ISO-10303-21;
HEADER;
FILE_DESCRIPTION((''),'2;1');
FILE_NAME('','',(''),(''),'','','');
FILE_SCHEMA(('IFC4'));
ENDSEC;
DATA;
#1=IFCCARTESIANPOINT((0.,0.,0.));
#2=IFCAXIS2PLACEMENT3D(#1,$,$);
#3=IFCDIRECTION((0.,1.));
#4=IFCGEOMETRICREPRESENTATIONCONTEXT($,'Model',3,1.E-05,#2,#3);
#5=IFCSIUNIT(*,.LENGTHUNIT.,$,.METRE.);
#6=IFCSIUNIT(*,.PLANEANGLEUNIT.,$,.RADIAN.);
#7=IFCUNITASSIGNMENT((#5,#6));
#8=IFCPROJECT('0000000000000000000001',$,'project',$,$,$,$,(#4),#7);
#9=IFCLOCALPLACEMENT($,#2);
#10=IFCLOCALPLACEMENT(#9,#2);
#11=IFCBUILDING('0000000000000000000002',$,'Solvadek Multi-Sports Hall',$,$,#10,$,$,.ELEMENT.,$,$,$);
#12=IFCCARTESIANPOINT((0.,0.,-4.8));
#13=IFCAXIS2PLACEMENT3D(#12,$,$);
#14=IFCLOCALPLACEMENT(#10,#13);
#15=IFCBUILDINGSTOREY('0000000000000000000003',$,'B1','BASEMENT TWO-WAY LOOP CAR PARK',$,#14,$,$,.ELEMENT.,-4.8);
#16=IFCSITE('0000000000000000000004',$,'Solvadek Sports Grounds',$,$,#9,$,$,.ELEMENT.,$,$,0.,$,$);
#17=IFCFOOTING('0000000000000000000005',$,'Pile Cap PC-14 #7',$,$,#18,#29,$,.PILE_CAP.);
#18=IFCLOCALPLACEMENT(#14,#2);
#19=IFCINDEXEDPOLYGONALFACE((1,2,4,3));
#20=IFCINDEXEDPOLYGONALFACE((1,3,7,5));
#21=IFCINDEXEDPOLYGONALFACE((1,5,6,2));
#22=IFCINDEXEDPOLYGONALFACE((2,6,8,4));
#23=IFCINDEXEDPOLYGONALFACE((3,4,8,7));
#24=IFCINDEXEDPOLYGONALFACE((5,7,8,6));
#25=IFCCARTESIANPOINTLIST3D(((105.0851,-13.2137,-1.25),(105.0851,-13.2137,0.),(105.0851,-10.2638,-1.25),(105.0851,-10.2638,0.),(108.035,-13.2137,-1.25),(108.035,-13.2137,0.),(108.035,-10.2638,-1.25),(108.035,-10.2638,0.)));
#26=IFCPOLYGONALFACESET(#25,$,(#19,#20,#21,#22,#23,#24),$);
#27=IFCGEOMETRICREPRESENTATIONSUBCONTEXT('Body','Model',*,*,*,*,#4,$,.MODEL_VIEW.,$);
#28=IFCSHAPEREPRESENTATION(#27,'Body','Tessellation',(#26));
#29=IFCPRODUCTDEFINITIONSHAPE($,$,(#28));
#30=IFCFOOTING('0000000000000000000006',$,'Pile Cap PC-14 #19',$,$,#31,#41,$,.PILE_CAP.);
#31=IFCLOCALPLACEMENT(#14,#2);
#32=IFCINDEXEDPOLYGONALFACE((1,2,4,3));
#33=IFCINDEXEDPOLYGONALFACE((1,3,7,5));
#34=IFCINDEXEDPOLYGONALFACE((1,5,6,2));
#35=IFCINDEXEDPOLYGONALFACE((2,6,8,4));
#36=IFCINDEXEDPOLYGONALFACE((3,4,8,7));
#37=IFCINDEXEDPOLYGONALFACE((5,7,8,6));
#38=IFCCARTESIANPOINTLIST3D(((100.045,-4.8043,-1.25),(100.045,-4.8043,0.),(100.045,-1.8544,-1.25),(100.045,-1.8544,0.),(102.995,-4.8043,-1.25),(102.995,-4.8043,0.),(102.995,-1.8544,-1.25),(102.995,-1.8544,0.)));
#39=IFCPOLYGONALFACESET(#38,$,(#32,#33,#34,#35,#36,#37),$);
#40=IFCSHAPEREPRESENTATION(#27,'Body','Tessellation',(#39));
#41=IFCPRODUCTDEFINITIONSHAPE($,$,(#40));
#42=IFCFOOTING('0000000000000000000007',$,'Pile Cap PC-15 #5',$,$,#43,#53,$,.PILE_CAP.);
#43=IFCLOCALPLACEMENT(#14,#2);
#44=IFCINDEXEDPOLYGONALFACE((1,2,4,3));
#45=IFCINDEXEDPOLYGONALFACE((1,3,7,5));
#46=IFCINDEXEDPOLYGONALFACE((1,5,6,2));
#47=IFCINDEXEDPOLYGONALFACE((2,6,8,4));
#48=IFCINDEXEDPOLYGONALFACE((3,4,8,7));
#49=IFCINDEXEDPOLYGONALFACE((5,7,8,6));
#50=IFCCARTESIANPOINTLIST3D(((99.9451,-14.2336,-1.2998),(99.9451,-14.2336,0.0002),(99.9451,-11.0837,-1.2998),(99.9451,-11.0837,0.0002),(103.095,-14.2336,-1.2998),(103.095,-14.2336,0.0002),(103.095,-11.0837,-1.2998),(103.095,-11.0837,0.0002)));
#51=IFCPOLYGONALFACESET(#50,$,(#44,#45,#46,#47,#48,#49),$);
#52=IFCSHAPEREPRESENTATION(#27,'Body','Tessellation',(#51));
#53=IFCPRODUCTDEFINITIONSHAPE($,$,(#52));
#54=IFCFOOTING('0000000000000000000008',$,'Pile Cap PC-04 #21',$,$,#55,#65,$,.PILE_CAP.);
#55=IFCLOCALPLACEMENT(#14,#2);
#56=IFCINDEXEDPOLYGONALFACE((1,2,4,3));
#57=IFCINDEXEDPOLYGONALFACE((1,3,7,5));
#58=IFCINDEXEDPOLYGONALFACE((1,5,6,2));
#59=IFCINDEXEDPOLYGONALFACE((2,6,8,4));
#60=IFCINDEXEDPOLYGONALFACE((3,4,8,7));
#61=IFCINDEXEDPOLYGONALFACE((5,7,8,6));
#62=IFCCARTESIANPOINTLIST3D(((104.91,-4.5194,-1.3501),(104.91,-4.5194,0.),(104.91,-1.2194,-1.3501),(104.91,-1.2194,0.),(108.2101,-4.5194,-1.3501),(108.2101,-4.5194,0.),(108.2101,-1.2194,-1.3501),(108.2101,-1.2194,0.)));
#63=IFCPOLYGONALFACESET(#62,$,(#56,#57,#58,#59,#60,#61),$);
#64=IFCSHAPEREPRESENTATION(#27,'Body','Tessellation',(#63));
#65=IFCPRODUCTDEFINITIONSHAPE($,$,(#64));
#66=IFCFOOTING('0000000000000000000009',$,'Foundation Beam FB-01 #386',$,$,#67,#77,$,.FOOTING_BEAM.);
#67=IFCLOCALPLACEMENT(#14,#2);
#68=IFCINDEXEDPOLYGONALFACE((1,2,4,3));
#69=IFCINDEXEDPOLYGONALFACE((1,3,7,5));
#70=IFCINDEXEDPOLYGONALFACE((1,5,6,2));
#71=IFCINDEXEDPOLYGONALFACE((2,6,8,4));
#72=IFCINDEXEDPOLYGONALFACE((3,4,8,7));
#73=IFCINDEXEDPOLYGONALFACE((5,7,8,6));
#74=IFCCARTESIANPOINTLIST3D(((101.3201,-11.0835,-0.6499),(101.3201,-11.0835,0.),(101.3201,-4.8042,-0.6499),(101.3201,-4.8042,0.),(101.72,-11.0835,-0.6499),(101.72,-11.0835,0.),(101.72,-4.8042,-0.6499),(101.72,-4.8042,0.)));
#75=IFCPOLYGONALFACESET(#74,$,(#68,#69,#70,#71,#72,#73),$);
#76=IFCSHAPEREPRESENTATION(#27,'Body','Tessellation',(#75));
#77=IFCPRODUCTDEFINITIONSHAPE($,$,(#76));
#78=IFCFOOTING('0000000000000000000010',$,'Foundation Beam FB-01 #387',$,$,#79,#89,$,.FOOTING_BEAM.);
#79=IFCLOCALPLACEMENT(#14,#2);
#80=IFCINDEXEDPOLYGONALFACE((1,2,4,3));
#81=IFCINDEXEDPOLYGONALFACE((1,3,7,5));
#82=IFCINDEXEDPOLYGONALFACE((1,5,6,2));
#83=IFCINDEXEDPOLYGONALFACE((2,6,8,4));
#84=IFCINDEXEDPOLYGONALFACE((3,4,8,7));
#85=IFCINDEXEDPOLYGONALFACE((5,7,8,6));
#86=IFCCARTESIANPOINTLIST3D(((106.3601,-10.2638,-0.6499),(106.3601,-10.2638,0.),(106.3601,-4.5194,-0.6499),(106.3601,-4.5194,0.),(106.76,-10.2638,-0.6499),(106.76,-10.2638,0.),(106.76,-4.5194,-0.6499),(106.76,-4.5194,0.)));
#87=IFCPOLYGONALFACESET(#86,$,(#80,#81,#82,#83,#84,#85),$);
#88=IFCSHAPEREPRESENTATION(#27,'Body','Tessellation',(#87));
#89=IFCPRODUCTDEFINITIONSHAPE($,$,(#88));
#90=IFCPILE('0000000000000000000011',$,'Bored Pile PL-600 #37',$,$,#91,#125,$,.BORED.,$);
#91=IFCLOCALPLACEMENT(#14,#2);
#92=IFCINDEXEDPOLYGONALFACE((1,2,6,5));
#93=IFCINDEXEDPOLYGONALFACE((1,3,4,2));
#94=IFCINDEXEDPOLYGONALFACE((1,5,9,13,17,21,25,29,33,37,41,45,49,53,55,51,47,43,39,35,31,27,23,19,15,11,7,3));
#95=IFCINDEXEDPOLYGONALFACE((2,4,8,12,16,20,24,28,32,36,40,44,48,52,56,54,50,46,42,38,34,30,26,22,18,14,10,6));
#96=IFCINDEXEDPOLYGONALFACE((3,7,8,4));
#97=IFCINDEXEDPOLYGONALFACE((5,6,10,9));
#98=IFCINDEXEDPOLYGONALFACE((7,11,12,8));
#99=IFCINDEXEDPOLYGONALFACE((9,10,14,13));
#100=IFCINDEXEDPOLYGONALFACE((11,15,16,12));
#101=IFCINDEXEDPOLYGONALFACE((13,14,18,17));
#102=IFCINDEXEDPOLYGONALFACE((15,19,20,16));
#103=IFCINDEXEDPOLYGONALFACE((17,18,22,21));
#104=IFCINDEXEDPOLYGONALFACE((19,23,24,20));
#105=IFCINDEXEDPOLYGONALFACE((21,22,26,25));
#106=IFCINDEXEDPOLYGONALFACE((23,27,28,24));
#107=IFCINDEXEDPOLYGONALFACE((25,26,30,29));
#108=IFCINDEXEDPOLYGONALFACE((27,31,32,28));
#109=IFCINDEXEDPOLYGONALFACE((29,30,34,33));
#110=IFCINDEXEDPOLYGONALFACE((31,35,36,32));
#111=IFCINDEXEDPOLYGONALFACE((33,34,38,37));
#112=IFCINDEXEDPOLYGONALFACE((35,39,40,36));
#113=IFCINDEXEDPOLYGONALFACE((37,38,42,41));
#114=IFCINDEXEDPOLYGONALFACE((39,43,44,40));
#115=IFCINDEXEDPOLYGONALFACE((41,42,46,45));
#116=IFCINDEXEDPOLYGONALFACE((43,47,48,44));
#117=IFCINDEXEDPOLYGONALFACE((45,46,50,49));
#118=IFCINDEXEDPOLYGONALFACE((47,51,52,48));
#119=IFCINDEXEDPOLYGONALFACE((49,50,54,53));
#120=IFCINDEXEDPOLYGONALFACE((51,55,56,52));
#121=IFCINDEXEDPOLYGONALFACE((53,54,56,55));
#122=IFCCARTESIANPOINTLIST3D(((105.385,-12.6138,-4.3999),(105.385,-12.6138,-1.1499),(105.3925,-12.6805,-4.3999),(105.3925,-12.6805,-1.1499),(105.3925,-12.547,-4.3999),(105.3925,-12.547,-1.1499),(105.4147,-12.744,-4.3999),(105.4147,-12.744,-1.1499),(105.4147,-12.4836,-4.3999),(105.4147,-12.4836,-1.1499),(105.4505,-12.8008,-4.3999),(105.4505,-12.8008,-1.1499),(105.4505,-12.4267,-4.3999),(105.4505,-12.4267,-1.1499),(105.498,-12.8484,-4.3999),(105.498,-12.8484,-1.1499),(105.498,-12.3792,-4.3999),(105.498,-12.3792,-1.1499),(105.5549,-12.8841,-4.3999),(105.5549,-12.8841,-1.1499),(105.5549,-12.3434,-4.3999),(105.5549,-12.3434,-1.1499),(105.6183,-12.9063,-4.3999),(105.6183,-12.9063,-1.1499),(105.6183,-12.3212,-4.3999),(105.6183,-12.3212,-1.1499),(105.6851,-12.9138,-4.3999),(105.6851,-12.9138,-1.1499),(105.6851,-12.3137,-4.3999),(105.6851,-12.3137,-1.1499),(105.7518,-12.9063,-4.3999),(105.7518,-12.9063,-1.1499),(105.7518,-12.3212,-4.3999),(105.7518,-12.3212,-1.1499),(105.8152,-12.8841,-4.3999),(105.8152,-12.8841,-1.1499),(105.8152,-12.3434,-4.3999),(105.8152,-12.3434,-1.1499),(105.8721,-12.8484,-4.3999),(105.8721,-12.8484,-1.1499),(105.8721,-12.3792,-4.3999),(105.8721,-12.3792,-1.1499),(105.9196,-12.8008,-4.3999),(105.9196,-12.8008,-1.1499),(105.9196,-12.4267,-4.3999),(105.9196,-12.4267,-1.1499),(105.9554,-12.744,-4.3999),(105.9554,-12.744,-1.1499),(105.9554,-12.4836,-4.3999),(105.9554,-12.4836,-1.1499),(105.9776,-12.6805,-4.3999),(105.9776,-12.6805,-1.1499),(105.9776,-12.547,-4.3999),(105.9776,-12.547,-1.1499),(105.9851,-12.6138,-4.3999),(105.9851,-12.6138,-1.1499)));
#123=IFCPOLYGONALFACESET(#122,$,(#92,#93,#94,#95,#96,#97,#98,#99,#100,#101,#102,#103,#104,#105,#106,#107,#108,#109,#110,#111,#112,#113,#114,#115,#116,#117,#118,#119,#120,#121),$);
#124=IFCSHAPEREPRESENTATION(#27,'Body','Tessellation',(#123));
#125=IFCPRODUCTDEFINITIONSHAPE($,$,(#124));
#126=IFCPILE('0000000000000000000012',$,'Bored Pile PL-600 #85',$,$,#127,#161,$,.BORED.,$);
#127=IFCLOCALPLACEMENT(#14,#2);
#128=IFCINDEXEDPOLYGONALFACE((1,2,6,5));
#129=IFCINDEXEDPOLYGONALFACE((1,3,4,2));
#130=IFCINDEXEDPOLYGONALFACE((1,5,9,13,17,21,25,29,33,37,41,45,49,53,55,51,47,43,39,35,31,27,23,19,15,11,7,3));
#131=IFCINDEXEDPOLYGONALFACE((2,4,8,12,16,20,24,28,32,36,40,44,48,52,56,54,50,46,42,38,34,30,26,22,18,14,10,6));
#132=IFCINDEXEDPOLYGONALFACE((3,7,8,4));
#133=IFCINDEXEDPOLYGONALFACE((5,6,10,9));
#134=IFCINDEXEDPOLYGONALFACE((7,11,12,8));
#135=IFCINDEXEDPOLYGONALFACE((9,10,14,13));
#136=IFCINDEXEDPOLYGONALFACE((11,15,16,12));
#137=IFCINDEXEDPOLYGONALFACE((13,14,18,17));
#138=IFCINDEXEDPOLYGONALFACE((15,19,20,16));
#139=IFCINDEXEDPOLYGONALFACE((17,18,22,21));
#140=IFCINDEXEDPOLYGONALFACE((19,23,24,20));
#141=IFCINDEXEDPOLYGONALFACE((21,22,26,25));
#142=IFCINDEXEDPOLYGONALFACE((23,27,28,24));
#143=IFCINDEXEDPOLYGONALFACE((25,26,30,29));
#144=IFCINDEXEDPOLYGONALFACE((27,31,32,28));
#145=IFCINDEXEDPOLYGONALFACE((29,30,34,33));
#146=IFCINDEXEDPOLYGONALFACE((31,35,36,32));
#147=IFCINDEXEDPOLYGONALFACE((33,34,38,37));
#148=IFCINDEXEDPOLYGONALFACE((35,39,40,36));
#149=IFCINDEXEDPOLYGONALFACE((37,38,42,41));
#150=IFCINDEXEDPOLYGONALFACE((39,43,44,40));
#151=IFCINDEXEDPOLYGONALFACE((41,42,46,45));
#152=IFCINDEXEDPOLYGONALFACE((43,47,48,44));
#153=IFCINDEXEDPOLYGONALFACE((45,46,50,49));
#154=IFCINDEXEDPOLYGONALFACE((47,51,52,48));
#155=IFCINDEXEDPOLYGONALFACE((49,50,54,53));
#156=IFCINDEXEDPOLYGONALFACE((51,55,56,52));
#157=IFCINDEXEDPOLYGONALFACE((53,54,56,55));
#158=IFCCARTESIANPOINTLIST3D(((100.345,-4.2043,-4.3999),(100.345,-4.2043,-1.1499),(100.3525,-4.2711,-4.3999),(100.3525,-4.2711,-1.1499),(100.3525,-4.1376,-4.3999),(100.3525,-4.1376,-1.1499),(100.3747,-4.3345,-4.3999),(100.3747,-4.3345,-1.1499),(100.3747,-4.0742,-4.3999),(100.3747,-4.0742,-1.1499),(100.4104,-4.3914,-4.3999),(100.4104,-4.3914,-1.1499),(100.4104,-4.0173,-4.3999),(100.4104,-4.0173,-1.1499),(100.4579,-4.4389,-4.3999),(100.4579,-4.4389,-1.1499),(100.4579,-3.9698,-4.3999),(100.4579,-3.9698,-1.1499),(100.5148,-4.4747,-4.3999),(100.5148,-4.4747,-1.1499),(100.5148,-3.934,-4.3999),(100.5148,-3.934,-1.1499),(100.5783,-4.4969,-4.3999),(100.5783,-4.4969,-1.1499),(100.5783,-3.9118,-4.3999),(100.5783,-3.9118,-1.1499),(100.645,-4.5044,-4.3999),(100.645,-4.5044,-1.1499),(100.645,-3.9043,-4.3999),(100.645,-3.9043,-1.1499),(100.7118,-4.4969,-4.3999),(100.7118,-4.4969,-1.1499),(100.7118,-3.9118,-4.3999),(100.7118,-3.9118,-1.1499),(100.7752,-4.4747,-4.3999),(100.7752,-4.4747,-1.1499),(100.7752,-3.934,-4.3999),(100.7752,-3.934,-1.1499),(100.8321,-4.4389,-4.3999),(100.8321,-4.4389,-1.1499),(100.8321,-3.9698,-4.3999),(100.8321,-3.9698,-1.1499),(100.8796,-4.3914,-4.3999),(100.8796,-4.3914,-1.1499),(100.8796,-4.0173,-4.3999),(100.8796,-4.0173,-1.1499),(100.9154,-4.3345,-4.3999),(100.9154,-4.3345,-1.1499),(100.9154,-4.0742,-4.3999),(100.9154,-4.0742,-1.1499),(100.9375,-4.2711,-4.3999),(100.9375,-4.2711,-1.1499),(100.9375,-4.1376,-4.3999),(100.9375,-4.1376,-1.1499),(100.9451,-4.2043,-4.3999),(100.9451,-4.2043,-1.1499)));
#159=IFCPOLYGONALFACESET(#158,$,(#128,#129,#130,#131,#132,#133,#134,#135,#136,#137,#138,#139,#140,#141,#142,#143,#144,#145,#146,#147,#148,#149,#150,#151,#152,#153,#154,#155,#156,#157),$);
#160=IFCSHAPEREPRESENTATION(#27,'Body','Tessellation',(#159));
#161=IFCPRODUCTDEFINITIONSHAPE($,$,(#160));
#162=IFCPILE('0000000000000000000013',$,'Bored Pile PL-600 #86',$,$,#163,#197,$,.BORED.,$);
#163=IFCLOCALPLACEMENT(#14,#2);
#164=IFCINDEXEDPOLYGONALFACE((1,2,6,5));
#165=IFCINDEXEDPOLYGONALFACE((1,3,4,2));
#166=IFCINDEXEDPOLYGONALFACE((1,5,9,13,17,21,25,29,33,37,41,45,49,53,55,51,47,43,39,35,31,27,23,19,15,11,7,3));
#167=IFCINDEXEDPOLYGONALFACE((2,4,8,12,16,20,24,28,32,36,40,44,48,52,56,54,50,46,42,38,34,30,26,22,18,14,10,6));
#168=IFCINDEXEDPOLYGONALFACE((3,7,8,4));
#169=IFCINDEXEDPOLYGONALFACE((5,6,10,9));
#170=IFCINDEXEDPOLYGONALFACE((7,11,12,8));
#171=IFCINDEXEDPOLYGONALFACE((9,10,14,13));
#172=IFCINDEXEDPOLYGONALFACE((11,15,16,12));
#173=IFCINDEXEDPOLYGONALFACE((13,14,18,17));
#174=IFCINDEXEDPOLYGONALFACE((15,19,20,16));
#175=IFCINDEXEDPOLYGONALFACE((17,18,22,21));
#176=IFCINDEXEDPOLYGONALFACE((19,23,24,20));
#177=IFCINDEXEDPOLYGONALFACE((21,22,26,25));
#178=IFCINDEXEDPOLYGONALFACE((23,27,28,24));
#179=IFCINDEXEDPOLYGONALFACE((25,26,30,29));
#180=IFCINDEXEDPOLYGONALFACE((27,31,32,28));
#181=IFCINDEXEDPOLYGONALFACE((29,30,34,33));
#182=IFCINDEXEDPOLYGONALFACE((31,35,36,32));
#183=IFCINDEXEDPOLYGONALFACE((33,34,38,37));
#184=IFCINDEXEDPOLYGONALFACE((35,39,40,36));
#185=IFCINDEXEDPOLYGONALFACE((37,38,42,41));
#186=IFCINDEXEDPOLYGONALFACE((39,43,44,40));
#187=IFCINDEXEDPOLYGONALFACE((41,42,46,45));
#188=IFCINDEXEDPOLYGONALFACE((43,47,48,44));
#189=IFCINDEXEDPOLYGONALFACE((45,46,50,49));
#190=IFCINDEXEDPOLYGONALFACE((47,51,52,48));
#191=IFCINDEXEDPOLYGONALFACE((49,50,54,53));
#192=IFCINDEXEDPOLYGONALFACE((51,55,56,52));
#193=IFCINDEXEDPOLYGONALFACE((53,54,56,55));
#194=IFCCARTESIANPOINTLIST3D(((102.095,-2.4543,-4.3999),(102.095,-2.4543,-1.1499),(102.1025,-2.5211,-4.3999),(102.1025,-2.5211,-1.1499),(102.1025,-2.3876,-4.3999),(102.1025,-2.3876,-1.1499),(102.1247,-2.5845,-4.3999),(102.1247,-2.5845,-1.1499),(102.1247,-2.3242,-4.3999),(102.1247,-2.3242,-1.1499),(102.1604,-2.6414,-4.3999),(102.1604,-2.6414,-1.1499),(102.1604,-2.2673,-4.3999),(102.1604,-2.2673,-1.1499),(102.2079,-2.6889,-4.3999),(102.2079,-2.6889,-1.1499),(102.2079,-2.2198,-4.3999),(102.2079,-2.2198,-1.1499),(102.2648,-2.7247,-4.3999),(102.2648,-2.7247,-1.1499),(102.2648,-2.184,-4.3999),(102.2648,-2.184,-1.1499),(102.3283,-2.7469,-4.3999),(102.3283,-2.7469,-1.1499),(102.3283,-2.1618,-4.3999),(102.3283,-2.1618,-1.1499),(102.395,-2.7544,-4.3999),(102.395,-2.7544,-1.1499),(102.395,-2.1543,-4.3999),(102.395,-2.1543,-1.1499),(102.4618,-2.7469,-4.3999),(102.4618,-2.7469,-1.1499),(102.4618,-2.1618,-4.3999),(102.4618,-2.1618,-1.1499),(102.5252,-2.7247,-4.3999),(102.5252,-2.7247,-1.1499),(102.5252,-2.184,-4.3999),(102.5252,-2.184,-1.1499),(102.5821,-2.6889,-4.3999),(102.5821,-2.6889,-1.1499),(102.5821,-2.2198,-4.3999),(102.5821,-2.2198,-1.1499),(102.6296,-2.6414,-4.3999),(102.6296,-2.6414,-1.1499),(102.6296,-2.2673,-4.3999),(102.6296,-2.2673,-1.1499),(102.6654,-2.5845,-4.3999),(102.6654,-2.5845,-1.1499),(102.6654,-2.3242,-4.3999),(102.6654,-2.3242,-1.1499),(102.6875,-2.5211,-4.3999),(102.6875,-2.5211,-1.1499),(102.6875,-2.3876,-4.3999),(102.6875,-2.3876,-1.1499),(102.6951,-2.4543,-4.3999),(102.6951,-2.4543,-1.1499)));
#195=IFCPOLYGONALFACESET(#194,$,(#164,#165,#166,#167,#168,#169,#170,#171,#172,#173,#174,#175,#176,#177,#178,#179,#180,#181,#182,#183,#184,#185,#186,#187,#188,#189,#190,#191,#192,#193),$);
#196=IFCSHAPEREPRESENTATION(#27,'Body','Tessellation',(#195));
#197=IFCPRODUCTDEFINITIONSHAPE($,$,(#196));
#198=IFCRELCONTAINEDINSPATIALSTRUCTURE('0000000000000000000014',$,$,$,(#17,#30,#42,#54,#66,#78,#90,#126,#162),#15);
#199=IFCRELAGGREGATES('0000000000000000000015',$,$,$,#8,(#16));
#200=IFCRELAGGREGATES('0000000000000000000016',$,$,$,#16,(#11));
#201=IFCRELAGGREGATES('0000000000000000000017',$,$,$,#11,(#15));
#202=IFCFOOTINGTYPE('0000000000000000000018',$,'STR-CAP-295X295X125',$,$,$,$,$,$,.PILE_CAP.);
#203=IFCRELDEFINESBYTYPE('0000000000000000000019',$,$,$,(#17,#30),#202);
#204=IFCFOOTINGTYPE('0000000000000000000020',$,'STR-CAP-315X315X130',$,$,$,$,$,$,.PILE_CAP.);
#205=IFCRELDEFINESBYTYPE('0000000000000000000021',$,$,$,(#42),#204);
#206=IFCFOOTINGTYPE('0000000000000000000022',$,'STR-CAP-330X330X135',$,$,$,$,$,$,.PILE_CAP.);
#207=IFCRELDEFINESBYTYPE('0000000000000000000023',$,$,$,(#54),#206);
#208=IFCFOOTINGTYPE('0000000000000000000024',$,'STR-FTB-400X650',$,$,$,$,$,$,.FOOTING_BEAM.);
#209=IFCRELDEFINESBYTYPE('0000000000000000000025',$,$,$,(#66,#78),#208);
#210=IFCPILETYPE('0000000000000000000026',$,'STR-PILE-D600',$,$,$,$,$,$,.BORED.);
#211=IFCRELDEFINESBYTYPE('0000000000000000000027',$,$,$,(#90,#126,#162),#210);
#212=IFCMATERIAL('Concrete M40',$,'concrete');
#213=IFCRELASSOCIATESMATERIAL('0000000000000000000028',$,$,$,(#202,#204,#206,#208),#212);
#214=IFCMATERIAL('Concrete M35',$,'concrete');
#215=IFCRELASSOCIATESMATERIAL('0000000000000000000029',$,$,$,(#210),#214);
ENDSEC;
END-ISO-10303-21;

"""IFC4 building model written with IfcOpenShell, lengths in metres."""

from ifc_helpers import new_model, si_unit, direction, frame, origin, origin_2d, place, context, subcontext, project, spatial, rectangle, circle, extrude, material, material_profile, profile_set, type_object, element, save


model = new_model("IFC4")

# Units and contexts
model_context = context("Model", 3, precision=1e-05, world=origin(), true_north=direction((0.0, 1.0)))
body_context = subcontext(model_context, "Body", "Model", "MODEL_VIEW")
ifc_project = project(units=[si_unit("LENGTHUNIT", "METRE"), si_unit("PLANEANGLEUNIT", "RADIAN")], contexts=[model_context])

# Site, building, storey
site_placement = place(None, origin())
site = spatial("IfcSite", under=ifc_project, at=site_placement, Name="Solvadek Sports Grounds", CompositionType="ELEMENT", RefElevation=0.0)
building_placement = place(site_placement, origin())
building = spatial("IfcBuilding", under=site, at=building_placement, Name="Solvadek Multi-Sports Hall", CompositionType="ELEMENT")
storey_placement = place(building_placement, frame((0.0, 0.0, -4.8)))
storey = spatial("IfcBuildingStorey", under=building, at=storey_placement, Name="B1", Description="BASEMENT TWO-WAY LOOP CAR PARK", CompositionType="ELEMENT", Elevation=-4.8)

# Footings
ifc_material_1 = material(Name="Concrete M40", Category="concrete")
footing_type_1 = type_object("IfcFootingType", Name="STR-CAP-295X295X125", PredefinedType="PILE_CAP", material=ifc_material_1)
for number, where, z_axis, x_axis, name in (
    (1, (106.5601, -11.7388, -1.25), (0.0, 0.0, 1.0), (1.0, 0.0, 0.0), "Pile Cap PC-14 #7"),
    (2, (101.52, -3.3293, -1.25), (0.0, 0.0, 1.0), (1.0, 0.0, 0.0), "Pile Cap PC-14 #19"),
):
    element("IfcFooting", number, at=place(storey_placement, frame(where, z_axis=z_axis, x_axis=x_axis)), inside=storey, type_object=footing_type_1, Name=name, PredefinedType="PILE_CAP", context=body_context, shape_type="SweptSolid", body=[
        extrude(rectangle(XDim=2.95, YDim=2.95, at=origin_2d()), origin(), (0.0, 0.0, 1.0), 1.25),
    ])
footing_type_2 = type_object("IfcFootingType", Name="STR-CAP-315X315X130", PredefinedType="PILE_CAP", material=ifc_material_1)
footing_1_placement = place(storey_placement, frame((101.52, -12.6587, -1.2998), z_axis=(0.0, 0.0, 1.0), x_axis=(1.0, 0.0, 0.0)))
element("IfcFooting", 3, at=footing_1_placement, inside=storey, type_object=footing_type_2, Name="Pile Cap PC-15 #5", PredefinedType="PILE_CAP", context=body_context, shape_type="SweptSolid", body=[
    extrude(rectangle(XDim=3.1499, YDim=3.1499, at=origin_2d()), origin(), (0.0, 0.0, 1.0), 1.3),
])
footing_type_3 = type_object("IfcFootingType", Name="STR-CAP-330X330X135", PredefinedType="PILE_CAP", material=ifc_material_1)
footing_2_placement = place(storey_placement, frame((106.5601, -2.8694, -1.3501), z_axis=(0.0, 0.0, 1.0), x_axis=(1.0, 0.0, 0.0)))
element("IfcFooting", 4, at=footing_2_placement, inside=storey, type_object=footing_type_3, Name="Pile Cap PC-04 #21", PredefinedType="PILE_CAP", context=body_context, shape_type="SweptSolid", body=[
    extrude(rectangle(XDim=3.3, YDim=3.3, at=origin_2d()), origin(), (0.0, 0.0, 1.0), 1.3501),
])
footing_type_4 = type_object("IfcFootingType", Name="STR-FTB-400X650", PredefinedType="FOOTING_BEAM", material=ifc_material_1)
footing_3_placement = place(storey_placement, frame((101.52, -7.9438, -0.6499), z_axis=(0.0, 0.0, 1.0), x_axis=(0.0, 1.0, 0.0)))
element("IfcFooting", 5, at=footing_3_placement, inside=storey, type_object=footing_type_4, Name="Foundation Beam FB-01 #386", PredefinedType="FOOTING_BEAM", context=body_context, shape_type="SweptSolid", body=[
    extrude(rectangle(XDim=6.2793, YDim=0.3999, at=origin_2d()), origin(), (0.0, 0.0, 1.0), 0.6499),
])
footing_4_placement = place(storey_placement, frame((106.5601, -7.3916, -0.6499), z_axis=(0.0, 0.0, 1.0), x_axis=(0.0, 1.0, 0.0)))
element("IfcFooting", 6, at=footing_4_placement, inside=storey, type_object=footing_type_4, Name="Foundation Beam FB-01 #387", PredefinedType="FOOTING_BEAM", context=body_context, shape_type="SweptSolid", body=[
    extrude(rectangle(XDim=5.7444, YDim=0.3999, at=origin_2d()), origin(), (0.0, 0.0, 1.0), 0.6499),
])

# Piles
ifc_material_2 = material(Name="Concrete M35", Category="concrete")
ifc_material_profile_1 = material_profile(ifc_material_2, circle(Radius=0.3, at=origin_2d()), Name="BORED PILE D600")
ifc_profile_set_1 = profile_set([ifc_material_profile_1], Name="Concrete M35")
pile_type_1 = type_object("IfcPileType", Name="STR-PILE-D600", PredefinedType="BORED", material=ifc_profile_set_1)
for number, where, z_axis, x_axis, name in (
    (7, (105.6851, -12.6138, -1.1499), (0.0, 0.0, -1.0), (1.0, 0.0, 0.0), "Bored Pile PL-600 #37"),
    (8, (100.645, -4.2043, -1.1499), (0.0, 0.0, -1.0), (1.0, 0.0, 0.0), "Bored Pile PL-600 #85"),
    (9, (102.395, -2.4543, -1.1499), (0.0, 0.0, -1.0), (1.0, 0.0, 0.0), "Bored Pile PL-600 #86"),
):
    element("IfcPile", number, at=place(storey_placement, frame(where, z_axis=z_axis, x_axis=x_axis)), inside=storey, type_object=pile_type_1, Name=name, PredefinedType="BORED", context=body_context, shape_type="SweptSolid", body=[
        extrude(circle(Radius=0.3, at=origin_2d()), origin(), (0.0, 0.0, 1.0), 3.25),
    ])

save(model, "model.ifc")
